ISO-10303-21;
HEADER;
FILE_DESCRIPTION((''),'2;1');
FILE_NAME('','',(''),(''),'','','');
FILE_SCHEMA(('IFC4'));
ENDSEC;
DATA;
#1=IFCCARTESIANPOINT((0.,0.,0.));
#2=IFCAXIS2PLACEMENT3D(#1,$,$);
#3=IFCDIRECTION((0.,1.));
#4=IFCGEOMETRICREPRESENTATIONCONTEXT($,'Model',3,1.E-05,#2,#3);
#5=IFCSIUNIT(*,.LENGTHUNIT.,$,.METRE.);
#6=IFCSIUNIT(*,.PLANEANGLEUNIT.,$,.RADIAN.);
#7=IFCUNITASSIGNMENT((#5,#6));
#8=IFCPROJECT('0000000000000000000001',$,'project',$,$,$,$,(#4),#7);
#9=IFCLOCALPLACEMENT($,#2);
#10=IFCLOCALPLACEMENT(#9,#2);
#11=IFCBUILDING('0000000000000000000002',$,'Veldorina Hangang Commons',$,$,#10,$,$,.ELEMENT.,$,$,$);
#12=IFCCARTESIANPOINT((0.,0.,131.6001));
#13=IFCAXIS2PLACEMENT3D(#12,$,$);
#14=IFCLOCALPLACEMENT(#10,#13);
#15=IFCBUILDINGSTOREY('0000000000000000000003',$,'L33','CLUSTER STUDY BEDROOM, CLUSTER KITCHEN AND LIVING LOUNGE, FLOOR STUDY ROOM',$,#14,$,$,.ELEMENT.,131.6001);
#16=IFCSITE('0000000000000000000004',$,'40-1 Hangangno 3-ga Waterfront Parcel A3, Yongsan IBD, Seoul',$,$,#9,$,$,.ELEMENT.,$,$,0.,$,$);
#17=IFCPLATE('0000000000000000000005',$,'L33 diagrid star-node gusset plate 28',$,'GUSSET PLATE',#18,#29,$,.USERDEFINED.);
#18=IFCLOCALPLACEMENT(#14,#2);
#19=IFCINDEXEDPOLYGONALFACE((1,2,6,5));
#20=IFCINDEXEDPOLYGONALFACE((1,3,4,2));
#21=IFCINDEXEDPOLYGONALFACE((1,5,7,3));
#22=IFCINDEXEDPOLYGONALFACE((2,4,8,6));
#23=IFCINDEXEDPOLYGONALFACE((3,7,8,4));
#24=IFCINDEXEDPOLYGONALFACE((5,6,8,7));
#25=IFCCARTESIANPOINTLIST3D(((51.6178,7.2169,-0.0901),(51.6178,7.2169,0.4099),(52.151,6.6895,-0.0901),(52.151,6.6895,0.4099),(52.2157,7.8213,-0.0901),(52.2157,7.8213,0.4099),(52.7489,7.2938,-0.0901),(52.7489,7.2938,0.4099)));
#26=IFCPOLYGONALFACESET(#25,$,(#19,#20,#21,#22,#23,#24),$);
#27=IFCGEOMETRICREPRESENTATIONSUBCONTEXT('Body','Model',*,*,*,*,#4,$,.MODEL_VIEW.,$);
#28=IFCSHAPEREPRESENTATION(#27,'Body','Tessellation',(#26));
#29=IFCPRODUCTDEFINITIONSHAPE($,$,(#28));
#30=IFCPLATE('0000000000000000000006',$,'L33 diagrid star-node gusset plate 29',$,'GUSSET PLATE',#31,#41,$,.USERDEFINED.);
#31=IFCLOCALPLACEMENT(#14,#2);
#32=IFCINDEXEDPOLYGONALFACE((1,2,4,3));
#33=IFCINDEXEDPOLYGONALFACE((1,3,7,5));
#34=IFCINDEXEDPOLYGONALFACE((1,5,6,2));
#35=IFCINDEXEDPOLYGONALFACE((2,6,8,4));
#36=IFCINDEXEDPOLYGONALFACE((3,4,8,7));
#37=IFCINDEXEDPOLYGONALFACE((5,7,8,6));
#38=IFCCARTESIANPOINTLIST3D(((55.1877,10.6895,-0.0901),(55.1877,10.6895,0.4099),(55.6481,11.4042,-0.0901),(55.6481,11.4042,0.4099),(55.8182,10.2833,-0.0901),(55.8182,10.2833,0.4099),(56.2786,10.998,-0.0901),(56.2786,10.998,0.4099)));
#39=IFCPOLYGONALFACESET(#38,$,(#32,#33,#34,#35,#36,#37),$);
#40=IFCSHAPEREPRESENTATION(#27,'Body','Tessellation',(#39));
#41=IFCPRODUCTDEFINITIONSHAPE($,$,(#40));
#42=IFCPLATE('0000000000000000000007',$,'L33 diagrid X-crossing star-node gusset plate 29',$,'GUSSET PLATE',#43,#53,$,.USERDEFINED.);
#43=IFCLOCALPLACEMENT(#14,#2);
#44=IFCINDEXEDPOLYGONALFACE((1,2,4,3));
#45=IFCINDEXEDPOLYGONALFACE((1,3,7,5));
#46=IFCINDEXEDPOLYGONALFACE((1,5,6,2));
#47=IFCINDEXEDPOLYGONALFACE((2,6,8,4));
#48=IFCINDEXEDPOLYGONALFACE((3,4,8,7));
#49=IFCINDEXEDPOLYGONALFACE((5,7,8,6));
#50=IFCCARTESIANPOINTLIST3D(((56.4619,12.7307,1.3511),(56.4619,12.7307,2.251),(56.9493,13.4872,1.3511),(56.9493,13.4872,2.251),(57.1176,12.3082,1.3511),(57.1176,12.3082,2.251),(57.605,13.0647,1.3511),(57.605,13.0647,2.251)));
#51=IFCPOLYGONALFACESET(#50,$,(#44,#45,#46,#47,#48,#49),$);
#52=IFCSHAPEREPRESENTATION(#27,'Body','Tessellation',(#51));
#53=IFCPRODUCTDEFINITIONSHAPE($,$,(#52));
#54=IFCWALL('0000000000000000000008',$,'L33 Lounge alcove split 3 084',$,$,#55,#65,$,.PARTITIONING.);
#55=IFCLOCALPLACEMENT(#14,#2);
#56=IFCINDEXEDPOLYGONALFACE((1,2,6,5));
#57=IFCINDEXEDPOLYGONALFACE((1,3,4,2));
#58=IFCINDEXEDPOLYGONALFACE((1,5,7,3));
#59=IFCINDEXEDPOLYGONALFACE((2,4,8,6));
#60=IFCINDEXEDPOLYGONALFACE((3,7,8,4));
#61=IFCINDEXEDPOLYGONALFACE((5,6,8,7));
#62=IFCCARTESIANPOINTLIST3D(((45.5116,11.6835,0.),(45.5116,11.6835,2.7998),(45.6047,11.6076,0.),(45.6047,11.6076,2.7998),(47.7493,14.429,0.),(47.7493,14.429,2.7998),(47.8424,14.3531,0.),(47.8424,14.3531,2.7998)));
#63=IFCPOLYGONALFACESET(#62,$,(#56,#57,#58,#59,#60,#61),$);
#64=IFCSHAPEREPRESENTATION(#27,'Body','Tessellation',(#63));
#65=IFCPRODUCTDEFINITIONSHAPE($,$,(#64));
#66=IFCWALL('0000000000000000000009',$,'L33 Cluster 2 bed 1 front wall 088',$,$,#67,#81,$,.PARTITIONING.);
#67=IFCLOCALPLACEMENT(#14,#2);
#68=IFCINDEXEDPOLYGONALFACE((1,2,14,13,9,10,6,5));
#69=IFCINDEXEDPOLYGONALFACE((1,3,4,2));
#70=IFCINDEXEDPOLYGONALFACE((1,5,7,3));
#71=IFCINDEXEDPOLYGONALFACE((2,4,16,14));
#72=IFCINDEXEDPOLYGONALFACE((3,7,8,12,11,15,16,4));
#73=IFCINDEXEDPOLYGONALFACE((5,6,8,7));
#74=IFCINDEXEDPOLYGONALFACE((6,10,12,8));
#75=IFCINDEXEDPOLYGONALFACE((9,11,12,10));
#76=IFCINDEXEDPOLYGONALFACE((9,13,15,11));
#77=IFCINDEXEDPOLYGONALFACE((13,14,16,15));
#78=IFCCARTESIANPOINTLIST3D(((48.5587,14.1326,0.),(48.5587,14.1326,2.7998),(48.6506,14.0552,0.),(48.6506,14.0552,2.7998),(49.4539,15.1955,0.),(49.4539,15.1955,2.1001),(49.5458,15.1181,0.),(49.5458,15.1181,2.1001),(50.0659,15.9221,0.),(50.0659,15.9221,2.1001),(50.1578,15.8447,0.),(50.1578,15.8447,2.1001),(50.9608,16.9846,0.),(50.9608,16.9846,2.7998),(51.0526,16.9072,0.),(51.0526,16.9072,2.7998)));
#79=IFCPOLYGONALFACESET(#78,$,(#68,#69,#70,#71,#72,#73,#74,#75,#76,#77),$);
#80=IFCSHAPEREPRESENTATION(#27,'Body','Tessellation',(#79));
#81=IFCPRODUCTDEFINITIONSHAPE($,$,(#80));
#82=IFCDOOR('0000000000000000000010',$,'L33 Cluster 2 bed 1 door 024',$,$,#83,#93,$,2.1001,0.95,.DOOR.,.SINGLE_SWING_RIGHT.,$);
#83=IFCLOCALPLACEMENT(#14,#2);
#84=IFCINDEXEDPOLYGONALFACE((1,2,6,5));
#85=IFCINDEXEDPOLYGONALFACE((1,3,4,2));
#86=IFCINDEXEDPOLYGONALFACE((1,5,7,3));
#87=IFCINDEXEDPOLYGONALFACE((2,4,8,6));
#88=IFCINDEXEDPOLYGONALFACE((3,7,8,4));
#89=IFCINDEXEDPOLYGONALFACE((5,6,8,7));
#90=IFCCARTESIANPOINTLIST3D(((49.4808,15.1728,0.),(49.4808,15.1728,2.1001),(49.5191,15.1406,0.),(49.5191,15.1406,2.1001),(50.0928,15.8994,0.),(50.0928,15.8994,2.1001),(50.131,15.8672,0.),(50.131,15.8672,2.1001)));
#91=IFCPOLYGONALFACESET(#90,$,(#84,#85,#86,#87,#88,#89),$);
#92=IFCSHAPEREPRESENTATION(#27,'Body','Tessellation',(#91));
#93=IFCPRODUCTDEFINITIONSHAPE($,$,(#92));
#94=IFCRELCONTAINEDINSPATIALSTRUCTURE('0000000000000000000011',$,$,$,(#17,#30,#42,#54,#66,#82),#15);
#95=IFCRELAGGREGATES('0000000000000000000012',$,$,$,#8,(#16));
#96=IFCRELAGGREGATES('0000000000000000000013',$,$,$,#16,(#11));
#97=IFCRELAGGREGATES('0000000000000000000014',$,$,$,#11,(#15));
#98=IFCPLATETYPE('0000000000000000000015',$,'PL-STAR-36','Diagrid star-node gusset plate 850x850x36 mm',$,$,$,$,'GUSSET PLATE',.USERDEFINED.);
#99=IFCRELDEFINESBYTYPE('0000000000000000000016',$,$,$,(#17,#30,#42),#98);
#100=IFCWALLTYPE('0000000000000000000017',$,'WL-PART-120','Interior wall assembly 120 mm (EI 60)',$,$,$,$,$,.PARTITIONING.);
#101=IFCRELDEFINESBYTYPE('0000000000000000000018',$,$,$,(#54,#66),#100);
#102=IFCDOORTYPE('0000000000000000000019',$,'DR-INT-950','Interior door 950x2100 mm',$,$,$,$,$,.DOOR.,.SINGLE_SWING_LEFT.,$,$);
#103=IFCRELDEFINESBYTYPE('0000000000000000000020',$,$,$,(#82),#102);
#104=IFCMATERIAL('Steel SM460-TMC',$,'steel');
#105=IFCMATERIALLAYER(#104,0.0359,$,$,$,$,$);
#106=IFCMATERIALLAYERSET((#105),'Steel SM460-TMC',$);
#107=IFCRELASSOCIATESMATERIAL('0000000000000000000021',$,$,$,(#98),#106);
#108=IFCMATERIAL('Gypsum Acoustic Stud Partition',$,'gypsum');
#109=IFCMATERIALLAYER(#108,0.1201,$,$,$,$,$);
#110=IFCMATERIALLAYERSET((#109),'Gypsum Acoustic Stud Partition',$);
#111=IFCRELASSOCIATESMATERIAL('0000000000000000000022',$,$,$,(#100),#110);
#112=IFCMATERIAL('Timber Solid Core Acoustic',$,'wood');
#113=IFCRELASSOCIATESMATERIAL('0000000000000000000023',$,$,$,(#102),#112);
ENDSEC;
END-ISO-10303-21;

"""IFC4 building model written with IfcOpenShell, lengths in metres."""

from ifc_helpers import new_model, si_unit, direction, frame, frame_2d, origin, origin_2d, place, context, subcontext, project, spatial, rectangle, extrude, material, layer, layer_set, type_object, element, fill, save


model = new_model("IFC4")

# Units and contexts
model_context = context("Model", 3, precision=1e-05, world=origin(), true_north=direction((0.0, 1.0)))
body_context = subcontext(model_context, "Body", "Model", "MODEL_VIEW")
ifc_project = project(units=[si_unit("LENGTHUNIT", "METRE"), si_unit("PLANEANGLEUNIT", "RADIAN")], contexts=[model_context])

# Site, building, storey
site_placement = place(None, origin())
site = spatial("IfcSite", under=ifc_project, at=site_placement, Name="40-1 Hangangno 3-ga Waterfront Parcel A3, Yongsan IBD, Seoul", CompositionType="ELEMENT", RefElevation=0.0)
building_placement = place(site_placement, origin())
building = spatial("IfcBuilding", under=site, at=building_placement, Name="Veldorina Hangang Commons", CompositionType="ELEMENT")
storey_placement = place(building_placement, frame((0.0, 0.0, 131.6001)))
storey = spatial("IfcBuildingStorey", under=building, at=storey_placement, Name="L33", Description="CLUSTER STUDY BEDROOM, CLUSTER KITCHEN AND LIVING LOUNGE, FLOOR STUDY ROOM", CompositionType="ELEMENT", Elevation=131.6001)

# Plates
ifc_material_1 = material(Name="Steel SM460-TMC", Category="steel")
ifc_layer_1 = layer(ifc_material_1, 0.0359)
ifc_layer_set_1 = layer_set([ifc_layer_1], Name="Steel SM460-TMC")
plate_type_1 = type_object("IfcPlateType", Name="PL-STAR-36", Description="Diagrid star-node gusset plate 850x850x36 mm", ElementType="GUSSET PLATE", PredefinedType="USERDEFINED", material=ifc_layer_set_1)
for number, where, z_axis, x_axis, name in (
    (1, (52.1833, 7.2554, -0.0901), (0.0, 0.0, 1.0), (0.703258, 0.710935, 0.0), "L33 diagrid star-node gusset plate 28"),
    (2, (55.7332, 10.8438, -0.0901), (0.0, 0.0, 1.0), (0.541606, 0.840633, 0.0), "L33 diagrid star-node gusset plate 29"),
):
    element("IfcPlate", number, at=place(storey_placement, frame(where, z_axis=z_axis, x_axis=x_axis)), inside=storey, type_object=plate_type_1, Name=name, ObjectType="GUSSET PLATE", PredefinedType="USERDEFINED", context=body_context, shape_type="SweptSolid", body=[
        extrude(rectangle(XDim=0.8501, YDim=0.75, at=origin_2d()), origin(), (0.0, 0.0, 1.0), 0.5),
    ])
plate_1_placement = place(storey_placement, frame((57.0334, 12.8977, 1.3511), z_axis=(0.0, 0.0, 1.0), x_axis=(0.541606, 0.840633, 0.0)))
element("IfcPlate", 3, at=plate_1_placement, inside=storey, type_object=plate_type_1, Name="L33 diagrid X-crossing star-node gusset plate 29", ObjectType="GUSSET PLATE", PredefinedType="USERDEFINED", context=body_context, shape_type="SweptSolid", body=[
    extrude(rectangle(XDim=0.8999, YDim=0.78, at=origin_2d()), origin(), (0.0, 0.0, 1.0), 0.8999),
])

# Wall
ifc_material_2 = material(Name="Gypsum Acoustic Stud Partition", Category="gypsum")
ifc_layer_2 = layer(ifc_material_2, 0.1201)
ifc_layer_set_2 = layer_set([ifc_layer_2], Name="Gypsum Acoustic Stud Partition")
wall_type = type_object("IfcWallType", Name="WL-PART-120", Description="Interior wall assembly 120 mm (EI 60)", PredefinedType="PARTITIONING", material=ifc_layer_set_2)
wall_1_placement = place(storey_placement, frame((45.5581, 11.6455, 0.0), z_axis=(0.0, 0.0, 1.0), x_axis=(0.63178, 0.775147, 0.0)))
element("IfcWall", 4, at=wall_1_placement, inside=storey, type_object=wall_type, Name="L33 Lounge alcove split 3 084", PredefinedType="PARTITIONING", context=body_context, shape_type="SweptSolid", body=[
    extrude(rectangle(XDim=3.542, YDim=0.1201, at=frame_2d((1.771, 0.0))), origin(), (0.0, 0.0, 1.0), 2.7998),
])

# Wall, opening, door
wall_2_placement = place(storey_placement, frame((48.6047, 14.094, 0.0), z_axis=(0.0, 0.0, 1.0), x_axis=(0.644194, 0.764862, 0.0)))
wall_2 = element("IfcWall", 5, at=wall_2_placement, inside=storey, type_object=wall_type, Name="L33 Cluster 2 bed 1 front wall 088", PredefinedType="PARTITIONING", context=body_context, shape_type="SweptSolid", body=[
    extrude(rectangle(XDim=3.7288, YDim=0.1201, at=frame_2d((1.8643, 0.0))), origin(), (0.0, 0.0, 1.0), 2.7998),
])
opening_placement = place(wall_2_placement, frame((1.3894, 0.0, 0.0)))
opening = element("IfcOpeningElement", 6, at=opening_placement, cuts=wall_2, PredefinedType="OPENING", context=body_context, shape_type="SweptSolid", body=[
    extrude(rectangle(XDim=0.95, YDim=2.1001, at=frame_2d((0.4751, 1.05))), frame((0.0, 0.0701, 0.0), z_axis=(0.0, -1.0, 0.0), x_axis=(1.0, 0.0, 0.0)), (0.0, 0.0, 1.0), 0.1401),
])
ifc_material_3 = material(Name="Timber Solid Core Acoustic", Category="wood")
door_type = type_object("IfcDoorType", Name="DR-INT-950", Description="Interior door 950x2100 mm", OperationType="SINGLE_SWING_LEFT", PredefinedType="DOOR", material=ifc_material_3)
door_placement = place(opening_placement, origin())
door = element("IfcDoor", 7, at=door_placement, inside=storey, type_object=door_type, Name="L33 Cluster 2 bed 1 door 024", OperationType="SINGLE_SWING_RIGHT", OverallHeight=2.1001, OverallWidth=0.95, PredefinedType="DOOR", context=body_context, shape_type="SweptSolid", body=[
    extrude(rectangle(XDim=0.95, YDim=2.1001, at=frame_2d((0.4751, 1.05))), frame((0.0, 0.0249, 0.0), z_axis=(0.0, -1.0, 0.0), x_axis=(1.0, 0.0, 0.0)), (0.0, 0.0, 1.0), 0.05),
])
fill(opening, door)

save(model, "model.ifc")
